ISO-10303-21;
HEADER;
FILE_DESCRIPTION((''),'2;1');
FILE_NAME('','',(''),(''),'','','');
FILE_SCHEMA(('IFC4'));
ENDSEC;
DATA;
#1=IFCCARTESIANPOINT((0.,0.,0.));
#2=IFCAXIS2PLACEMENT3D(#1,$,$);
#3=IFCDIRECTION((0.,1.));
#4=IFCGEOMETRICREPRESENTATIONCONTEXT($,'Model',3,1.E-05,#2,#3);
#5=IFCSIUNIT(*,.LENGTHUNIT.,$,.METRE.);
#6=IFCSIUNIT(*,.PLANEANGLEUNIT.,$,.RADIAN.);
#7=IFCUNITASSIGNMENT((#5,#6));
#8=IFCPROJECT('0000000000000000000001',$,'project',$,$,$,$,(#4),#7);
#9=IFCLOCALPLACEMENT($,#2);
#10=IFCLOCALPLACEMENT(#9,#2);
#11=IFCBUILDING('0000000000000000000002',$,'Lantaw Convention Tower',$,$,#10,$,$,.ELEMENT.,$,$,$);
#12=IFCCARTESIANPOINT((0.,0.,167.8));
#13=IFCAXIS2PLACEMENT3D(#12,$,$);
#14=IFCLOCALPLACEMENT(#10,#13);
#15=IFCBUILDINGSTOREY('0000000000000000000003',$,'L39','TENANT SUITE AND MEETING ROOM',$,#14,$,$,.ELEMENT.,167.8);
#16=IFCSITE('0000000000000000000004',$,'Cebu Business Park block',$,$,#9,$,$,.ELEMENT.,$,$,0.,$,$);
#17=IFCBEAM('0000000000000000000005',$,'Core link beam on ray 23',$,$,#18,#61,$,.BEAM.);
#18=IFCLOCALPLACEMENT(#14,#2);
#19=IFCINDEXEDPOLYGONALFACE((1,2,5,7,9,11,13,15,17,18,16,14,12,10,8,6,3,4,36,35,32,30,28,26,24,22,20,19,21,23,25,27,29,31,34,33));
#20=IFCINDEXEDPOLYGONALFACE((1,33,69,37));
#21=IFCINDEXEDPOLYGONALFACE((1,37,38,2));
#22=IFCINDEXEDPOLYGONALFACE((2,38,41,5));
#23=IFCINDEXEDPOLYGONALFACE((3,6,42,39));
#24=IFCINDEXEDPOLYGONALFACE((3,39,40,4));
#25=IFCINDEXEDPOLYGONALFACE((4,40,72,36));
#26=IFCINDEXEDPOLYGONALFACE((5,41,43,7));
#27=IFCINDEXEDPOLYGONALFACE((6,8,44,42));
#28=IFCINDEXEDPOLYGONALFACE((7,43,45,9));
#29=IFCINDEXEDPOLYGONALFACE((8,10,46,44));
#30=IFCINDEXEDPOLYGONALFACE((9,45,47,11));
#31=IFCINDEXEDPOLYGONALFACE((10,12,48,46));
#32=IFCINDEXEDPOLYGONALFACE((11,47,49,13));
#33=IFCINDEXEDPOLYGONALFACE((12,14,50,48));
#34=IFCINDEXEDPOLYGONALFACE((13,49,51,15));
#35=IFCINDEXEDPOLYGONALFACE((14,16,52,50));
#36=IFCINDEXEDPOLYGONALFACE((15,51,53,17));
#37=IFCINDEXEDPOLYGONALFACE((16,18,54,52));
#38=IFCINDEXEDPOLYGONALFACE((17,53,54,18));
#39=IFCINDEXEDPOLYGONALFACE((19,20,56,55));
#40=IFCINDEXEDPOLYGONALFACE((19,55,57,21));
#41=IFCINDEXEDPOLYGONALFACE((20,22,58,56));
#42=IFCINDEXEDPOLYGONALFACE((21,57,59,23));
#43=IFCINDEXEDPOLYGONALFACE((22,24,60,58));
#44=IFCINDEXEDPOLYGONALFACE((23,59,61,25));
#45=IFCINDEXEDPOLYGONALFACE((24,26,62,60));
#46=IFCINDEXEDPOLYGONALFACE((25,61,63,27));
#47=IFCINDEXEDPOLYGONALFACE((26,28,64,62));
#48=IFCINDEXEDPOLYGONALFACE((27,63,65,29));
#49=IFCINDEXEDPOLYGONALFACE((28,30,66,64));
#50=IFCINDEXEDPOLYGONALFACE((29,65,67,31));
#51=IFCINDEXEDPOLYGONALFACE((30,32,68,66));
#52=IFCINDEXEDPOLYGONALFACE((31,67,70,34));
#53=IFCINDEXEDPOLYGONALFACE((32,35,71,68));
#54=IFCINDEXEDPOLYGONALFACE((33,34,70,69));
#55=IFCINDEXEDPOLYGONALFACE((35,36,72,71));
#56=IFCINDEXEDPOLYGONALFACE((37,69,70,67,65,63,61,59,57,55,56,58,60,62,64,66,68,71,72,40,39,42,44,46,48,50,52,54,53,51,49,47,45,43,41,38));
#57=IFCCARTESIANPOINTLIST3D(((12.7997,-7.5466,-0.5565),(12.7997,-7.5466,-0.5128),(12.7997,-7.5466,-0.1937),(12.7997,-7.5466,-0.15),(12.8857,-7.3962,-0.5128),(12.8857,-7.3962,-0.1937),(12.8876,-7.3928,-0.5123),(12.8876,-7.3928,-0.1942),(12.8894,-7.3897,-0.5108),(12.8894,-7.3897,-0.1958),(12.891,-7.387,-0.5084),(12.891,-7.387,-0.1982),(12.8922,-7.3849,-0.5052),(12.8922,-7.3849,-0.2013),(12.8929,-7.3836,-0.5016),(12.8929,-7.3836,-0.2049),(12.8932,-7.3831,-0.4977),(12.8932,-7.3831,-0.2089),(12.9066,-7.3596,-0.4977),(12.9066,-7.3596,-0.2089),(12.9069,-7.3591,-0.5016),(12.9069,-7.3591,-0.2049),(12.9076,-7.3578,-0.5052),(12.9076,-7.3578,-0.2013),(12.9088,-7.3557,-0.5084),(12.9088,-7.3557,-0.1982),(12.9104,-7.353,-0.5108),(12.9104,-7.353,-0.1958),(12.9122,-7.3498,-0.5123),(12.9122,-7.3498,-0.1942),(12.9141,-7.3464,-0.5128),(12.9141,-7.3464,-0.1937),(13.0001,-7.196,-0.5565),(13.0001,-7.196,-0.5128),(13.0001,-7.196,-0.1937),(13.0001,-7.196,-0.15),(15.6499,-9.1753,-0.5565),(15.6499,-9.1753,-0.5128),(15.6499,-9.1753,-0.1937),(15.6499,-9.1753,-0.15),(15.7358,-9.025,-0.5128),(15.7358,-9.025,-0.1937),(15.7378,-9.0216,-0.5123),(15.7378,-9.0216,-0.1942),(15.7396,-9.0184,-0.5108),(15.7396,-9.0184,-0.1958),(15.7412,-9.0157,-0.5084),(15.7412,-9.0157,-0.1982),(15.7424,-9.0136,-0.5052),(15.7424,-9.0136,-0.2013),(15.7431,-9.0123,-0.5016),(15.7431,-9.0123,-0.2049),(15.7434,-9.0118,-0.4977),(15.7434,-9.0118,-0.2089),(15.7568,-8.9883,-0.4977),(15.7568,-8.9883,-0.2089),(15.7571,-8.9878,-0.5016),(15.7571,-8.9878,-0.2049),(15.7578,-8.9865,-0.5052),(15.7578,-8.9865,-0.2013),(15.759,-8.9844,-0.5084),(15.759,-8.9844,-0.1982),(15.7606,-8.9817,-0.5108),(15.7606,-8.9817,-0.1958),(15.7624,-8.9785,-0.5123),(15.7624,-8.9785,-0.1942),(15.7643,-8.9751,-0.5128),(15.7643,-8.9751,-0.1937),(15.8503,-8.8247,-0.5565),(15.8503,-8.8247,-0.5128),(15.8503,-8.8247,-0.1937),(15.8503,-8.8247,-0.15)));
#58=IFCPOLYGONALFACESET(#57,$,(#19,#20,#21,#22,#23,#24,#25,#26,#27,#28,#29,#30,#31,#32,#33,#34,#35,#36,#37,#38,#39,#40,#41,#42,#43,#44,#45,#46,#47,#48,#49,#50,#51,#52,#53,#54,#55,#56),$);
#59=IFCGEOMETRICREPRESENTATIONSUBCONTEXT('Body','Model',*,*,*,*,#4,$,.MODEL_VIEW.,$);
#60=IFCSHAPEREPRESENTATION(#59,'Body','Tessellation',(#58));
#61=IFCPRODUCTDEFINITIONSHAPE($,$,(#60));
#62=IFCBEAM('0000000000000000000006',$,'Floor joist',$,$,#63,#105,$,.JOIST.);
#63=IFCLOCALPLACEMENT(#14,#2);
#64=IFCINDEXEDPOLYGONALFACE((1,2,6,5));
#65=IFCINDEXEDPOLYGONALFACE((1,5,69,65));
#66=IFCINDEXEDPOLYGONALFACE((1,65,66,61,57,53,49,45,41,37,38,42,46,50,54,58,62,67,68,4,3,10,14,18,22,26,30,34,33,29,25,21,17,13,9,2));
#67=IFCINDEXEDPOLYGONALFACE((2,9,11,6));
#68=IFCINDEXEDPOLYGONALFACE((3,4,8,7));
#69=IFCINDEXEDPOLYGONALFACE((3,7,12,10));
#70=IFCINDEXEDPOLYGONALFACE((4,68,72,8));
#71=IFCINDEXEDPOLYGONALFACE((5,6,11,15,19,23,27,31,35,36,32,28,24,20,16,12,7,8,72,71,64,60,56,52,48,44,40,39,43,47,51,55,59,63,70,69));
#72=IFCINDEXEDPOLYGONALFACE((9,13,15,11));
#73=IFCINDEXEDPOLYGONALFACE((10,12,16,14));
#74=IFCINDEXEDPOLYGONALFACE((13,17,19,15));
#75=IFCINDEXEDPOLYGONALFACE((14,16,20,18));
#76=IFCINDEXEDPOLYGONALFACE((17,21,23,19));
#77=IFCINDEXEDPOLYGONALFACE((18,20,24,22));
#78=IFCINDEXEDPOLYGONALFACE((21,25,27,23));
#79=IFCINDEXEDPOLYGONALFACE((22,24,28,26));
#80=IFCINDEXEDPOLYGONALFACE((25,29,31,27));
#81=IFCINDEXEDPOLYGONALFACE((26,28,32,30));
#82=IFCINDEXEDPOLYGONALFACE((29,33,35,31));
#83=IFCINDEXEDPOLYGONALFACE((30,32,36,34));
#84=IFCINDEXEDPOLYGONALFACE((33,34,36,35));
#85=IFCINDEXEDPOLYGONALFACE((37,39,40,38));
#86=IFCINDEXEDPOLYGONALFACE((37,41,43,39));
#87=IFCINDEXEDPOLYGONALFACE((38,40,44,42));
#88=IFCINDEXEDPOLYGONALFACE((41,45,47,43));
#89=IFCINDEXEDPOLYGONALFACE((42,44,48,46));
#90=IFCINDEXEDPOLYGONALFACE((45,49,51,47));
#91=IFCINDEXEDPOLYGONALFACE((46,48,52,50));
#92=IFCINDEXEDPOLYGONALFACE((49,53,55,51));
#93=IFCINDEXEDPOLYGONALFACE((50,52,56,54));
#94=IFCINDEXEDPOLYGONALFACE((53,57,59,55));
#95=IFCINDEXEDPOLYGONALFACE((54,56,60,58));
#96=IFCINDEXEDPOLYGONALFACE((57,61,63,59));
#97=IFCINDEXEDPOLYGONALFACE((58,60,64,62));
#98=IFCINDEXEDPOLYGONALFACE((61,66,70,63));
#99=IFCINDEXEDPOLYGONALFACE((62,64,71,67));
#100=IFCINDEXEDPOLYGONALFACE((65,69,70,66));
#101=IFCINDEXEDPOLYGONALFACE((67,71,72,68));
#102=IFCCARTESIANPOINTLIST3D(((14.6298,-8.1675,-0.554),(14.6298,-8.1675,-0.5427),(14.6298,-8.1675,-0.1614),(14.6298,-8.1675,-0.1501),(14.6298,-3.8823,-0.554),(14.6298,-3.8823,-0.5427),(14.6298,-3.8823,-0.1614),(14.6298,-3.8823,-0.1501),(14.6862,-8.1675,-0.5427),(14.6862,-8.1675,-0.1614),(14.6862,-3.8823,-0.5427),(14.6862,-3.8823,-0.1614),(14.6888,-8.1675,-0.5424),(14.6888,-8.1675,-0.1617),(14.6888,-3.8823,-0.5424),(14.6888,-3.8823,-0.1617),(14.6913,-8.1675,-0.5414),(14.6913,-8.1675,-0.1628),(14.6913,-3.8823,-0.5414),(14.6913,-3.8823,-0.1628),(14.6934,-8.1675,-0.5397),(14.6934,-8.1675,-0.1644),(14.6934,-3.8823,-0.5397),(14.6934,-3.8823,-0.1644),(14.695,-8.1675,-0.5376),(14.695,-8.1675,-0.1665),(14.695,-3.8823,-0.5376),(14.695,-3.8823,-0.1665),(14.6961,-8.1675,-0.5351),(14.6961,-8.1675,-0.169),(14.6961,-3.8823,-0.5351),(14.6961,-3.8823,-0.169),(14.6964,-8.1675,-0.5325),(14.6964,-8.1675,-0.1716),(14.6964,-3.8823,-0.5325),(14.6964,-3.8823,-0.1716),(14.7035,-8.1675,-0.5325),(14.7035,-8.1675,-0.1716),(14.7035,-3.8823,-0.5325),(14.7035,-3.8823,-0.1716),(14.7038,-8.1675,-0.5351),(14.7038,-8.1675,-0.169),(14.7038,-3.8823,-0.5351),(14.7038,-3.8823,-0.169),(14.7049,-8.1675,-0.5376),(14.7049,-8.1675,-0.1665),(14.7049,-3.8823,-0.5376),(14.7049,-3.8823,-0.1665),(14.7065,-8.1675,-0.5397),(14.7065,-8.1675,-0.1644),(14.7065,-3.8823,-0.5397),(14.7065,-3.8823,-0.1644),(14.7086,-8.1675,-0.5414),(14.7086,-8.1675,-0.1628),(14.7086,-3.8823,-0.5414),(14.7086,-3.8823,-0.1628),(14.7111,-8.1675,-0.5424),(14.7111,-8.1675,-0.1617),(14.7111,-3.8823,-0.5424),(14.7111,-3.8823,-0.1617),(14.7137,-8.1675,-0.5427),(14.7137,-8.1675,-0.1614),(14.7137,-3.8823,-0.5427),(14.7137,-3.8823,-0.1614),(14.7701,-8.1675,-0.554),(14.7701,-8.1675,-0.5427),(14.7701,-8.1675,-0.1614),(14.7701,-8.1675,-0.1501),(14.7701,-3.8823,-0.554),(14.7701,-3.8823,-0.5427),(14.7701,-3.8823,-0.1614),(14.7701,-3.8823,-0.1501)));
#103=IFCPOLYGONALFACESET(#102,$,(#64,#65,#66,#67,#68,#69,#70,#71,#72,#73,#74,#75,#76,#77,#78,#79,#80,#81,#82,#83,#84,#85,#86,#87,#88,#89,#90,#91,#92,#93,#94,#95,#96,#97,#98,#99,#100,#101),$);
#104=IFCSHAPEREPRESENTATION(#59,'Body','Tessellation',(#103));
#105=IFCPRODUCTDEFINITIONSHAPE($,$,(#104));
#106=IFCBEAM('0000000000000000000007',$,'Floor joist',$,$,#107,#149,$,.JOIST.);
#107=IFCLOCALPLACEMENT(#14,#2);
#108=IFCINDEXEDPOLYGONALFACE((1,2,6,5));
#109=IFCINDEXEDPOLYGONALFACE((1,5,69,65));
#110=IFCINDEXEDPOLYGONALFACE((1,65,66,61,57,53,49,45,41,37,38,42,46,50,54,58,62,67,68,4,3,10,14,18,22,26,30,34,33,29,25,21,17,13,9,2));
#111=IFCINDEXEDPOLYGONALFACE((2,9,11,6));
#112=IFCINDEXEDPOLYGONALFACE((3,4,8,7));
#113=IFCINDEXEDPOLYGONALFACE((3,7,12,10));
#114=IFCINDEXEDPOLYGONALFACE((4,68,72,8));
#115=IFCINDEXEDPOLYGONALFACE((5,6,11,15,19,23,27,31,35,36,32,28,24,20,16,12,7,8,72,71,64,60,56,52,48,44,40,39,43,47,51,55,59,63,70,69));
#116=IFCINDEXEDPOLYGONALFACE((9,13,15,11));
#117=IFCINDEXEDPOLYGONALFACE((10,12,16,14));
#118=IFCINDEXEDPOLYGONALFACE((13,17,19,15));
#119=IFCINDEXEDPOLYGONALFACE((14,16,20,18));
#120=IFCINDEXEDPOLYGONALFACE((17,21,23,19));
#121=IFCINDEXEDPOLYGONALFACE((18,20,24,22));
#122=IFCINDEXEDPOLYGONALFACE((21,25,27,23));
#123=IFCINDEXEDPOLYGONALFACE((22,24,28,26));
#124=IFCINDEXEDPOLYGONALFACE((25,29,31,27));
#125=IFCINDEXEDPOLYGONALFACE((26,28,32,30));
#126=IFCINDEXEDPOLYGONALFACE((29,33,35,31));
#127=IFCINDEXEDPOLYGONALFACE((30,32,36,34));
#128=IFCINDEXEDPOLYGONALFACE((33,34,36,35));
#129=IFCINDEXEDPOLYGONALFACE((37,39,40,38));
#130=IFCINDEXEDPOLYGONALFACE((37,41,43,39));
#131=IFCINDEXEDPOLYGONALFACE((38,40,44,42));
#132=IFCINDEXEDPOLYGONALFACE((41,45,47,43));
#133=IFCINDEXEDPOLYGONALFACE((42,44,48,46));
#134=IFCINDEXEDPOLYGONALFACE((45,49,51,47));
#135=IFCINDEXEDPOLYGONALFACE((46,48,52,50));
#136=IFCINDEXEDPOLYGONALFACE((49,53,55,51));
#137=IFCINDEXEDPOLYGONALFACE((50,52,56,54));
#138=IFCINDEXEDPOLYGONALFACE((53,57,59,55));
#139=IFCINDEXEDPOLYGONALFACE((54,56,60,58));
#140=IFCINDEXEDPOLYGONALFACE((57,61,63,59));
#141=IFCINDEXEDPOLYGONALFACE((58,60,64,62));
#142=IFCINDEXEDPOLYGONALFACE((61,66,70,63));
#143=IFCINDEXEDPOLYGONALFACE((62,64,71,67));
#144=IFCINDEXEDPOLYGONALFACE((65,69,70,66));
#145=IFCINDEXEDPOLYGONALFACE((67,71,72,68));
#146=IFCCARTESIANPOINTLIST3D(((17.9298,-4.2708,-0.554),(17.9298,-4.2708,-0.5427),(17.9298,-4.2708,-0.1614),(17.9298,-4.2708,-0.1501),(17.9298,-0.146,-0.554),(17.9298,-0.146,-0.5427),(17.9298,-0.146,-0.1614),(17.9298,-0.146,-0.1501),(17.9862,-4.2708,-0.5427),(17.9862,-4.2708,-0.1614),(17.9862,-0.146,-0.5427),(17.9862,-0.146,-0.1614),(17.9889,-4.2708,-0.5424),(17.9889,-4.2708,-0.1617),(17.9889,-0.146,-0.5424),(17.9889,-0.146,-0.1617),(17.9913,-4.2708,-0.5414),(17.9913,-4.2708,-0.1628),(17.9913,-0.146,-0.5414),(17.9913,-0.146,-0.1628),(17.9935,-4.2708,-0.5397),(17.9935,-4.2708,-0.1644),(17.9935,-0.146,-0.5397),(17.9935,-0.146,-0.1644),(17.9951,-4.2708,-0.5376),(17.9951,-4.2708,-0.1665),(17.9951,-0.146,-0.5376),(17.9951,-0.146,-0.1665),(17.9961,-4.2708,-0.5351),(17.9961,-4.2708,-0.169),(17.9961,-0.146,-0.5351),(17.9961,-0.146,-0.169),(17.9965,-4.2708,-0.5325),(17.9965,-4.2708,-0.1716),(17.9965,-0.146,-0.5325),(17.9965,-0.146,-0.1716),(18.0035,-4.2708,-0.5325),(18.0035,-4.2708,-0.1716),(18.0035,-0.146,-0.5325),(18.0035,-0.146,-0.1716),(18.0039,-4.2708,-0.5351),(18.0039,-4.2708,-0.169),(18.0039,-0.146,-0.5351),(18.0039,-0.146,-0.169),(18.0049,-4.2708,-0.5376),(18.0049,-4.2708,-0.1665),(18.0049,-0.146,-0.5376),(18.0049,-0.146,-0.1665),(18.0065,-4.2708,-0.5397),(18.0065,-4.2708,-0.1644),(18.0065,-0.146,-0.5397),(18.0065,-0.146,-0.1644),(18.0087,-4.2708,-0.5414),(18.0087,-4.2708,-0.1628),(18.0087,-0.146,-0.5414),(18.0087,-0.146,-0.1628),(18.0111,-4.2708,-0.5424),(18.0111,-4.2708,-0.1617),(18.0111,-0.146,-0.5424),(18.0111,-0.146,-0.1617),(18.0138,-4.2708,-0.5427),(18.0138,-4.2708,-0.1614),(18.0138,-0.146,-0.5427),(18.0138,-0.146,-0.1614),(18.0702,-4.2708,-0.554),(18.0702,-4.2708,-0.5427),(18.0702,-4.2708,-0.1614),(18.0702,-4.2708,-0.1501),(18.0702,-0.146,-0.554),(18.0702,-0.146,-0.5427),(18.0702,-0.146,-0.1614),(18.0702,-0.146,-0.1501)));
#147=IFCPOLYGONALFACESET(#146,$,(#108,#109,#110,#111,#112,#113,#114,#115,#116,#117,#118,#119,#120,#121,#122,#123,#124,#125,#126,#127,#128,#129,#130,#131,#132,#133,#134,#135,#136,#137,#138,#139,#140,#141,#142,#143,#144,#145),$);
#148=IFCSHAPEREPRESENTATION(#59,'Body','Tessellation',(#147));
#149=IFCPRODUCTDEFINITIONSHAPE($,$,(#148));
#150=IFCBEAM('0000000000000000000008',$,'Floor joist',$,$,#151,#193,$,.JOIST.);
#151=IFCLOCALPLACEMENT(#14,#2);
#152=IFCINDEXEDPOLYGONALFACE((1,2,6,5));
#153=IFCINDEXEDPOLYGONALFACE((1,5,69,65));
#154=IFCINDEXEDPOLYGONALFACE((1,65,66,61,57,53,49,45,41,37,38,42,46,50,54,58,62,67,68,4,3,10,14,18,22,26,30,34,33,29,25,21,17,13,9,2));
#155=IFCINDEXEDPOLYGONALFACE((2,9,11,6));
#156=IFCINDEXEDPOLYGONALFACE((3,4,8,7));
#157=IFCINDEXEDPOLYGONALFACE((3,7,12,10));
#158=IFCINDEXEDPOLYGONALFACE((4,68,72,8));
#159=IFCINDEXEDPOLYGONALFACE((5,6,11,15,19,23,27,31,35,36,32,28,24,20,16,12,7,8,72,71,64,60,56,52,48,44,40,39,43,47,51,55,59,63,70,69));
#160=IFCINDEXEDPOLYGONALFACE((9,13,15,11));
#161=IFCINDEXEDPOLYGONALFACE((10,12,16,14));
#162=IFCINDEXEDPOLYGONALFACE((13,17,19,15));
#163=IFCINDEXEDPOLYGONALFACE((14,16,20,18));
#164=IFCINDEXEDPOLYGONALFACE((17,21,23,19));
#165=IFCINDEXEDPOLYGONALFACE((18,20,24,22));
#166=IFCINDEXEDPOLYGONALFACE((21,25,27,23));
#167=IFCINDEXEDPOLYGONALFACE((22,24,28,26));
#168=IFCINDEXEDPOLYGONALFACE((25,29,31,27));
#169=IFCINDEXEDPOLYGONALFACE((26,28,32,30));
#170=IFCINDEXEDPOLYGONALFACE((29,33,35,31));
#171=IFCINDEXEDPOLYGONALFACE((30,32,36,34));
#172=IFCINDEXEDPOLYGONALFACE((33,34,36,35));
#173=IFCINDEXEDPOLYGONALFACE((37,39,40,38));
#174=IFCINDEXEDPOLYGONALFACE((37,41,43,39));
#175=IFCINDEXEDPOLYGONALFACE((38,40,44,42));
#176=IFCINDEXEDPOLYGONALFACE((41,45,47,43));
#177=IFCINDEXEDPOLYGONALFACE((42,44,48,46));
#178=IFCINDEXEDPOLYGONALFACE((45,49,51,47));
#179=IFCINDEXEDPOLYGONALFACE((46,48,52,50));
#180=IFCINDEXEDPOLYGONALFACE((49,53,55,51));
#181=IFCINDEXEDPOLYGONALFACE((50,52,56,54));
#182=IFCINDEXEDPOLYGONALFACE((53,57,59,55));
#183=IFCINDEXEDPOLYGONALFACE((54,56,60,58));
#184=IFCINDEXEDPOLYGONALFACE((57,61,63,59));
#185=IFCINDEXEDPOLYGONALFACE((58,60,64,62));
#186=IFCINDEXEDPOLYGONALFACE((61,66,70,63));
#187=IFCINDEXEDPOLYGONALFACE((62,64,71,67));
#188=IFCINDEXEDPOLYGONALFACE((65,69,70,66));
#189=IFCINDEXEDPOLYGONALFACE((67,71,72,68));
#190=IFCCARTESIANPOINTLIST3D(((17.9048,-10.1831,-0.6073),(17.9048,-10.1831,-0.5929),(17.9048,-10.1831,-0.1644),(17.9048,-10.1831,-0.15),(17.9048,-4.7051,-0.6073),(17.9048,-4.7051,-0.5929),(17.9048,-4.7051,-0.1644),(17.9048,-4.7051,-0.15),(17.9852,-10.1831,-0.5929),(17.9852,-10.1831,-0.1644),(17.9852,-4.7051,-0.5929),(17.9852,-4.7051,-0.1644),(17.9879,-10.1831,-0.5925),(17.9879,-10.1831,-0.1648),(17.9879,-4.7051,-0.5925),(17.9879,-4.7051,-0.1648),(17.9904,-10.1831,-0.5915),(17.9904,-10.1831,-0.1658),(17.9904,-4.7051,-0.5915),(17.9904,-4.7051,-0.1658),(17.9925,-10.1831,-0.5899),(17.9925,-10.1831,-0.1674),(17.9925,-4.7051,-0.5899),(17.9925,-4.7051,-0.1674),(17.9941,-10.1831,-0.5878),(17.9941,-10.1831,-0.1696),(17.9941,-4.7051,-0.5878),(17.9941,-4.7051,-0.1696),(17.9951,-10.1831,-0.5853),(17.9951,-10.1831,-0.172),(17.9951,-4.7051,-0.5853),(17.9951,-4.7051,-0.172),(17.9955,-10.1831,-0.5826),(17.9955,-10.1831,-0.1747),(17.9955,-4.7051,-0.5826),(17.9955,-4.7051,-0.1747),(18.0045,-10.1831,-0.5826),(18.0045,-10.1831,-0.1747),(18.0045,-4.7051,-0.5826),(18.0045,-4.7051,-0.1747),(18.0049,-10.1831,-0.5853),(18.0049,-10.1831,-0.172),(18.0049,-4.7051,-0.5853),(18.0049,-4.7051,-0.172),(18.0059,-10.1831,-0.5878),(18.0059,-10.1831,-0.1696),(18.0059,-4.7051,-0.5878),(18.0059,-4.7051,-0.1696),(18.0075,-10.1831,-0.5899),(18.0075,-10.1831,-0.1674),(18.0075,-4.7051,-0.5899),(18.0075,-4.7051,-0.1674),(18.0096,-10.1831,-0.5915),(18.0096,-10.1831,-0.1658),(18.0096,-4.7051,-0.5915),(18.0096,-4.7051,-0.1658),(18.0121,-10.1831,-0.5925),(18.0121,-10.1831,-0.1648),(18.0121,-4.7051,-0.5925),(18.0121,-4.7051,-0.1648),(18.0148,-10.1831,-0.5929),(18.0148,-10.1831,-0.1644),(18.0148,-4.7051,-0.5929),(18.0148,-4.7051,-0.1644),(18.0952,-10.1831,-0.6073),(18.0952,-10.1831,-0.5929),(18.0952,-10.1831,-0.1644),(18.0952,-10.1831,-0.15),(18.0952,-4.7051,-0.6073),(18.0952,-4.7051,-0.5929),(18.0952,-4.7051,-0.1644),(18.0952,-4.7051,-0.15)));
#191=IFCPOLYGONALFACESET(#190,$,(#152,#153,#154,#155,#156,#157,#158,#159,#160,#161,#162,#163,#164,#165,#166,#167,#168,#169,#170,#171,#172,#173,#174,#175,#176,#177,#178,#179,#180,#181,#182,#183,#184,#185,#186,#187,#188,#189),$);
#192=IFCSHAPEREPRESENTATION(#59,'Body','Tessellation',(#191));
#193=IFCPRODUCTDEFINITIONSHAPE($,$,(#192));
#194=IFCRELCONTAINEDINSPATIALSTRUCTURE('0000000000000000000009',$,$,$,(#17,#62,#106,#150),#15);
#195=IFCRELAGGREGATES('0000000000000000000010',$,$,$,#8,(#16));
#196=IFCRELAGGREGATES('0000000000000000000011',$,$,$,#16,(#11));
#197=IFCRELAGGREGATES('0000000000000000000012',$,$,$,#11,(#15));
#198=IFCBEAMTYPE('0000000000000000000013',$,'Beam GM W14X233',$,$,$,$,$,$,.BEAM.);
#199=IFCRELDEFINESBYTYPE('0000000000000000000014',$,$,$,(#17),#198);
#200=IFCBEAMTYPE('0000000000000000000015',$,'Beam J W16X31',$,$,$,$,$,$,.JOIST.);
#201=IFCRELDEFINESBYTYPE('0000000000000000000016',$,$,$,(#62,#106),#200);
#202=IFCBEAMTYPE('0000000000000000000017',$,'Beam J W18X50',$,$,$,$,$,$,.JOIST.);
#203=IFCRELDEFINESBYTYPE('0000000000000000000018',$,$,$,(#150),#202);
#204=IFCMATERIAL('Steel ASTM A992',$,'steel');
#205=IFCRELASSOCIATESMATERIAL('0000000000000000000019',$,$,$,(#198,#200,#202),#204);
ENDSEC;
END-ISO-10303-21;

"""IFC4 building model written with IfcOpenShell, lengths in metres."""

from ifc_helpers import new_model, si_unit, direction, frame, origin, origin_2d, place, context, subcontext, project, spatial, i_section, extrude, material, material_profile, profile_set, type_object, element, save


model = new_model("IFC4")

# Units and contexts
model_context = context("Model", 3, precision=1e-05, world=origin(), true_north=direction((0.0, 1.0)))
body_context = subcontext(model_context, "Body", "Model", "MODEL_VIEW")
ifc_project = project(units=[si_unit("LENGTHUNIT", "METRE"), si_unit("PLANEANGLEUNIT", "RADIAN")], contexts=[model_context])

# Site, building, storey
site_placement = place(None, origin())
site = spatial("IfcSite", under=ifc_project, at=site_placement, Name="Cebu Business Park block", CompositionType="ELEMENT", RefElevation=0.0)
building_placement = place(site_placement, origin())
building = spatial("IfcBuilding", under=site, at=building_placement, Name="Lantaw Convention Tower", CompositionType="ELEMENT")
storey_placement = place(building_placement, frame((0.0, 0.0, 167.8)))
storey = spatial("IfcBuildingStorey", under=building, at=storey_placement, Name="L39", Description="TENANT SUITE AND MEETING ROOM", CompositionType="ELEMENT", Elevation=167.8)

# Beams
ifc_material_1 = material(Name="Steel ASTM A992", Category="steel")
ifc_material_profile_1 = material_profile(ifc_material_1, i_section(OverallWidth=0.4038, OverallDepth=0.4065, WebThickness=0.0271, FlangeThickness=0.0437, FilletRadius=0.0151, at=origin_2d()), Name="W14X233")
ifc_profile_set_1 = profile_set([ifc_material_profile_1], Name="Steel ASTM A992")
beam_type_1 = type_object("IfcBeamType", Name="Beam GM W14X233", PredefinedType="BEAM", material=ifc_profile_set_1)
beam_1_placement = place(storey_placement, frame((12.8999, -7.3713, -0.3533), z_axis=(0.868239, -0.496147, 0.0), x_axis=(0.496147, 0.868239, 0.0)))
element("IfcBeam", 1, at=beam_1_placement, inside=storey, type_object=beam_type_1, Name="Core link beam on ray 23", PredefinedType="BEAM", context=body_context, shape_type="SweptSolid", body=[
    extrude(i_section(OverallWidth=0.4038, OverallDepth=0.4065, WebThickness=0.0271, FlangeThickness=0.0437, FilletRadius=0.0151, at=origin_2d()), origin(), (0.0, 0.0, 1.0), 3.2827),
])
ifc_material_profile_2 = material_profile(ifc_material_1, i_section(OverallWidth=0.1404, OverallDepth=0.4038, WebThickness=0.0071, FlangeThickness=0.0112, FilletRadius=0.0103, at=origin_2d()), Name="W16X31")
ifc_profile_set_2 = profile_set([ifc_material_profile_2], Name="Steel ASTM A992")
beam_type_2 = type_object("IfcBeamType", Name="Beam J W16X31", PredefinedType="JOIST", material=ifc_profile_set_2)
beam_2_placement = place(storey_placement, frame((14.7, -8.1675, -0.3521), z_axis=(0.0, 1.0, 0.0), x_axis=(-1.0, 0.0, 0.0)))
element("IfcBeam", 2, at=beam_2_placement, inside=storey, type_object=beam_type_2, Name="Floor joist", PredefinedType="JOIST", context=body_context, shape_type="SweptSolid", body=[
    extrude(i_section(OverallWidth=0.1404, OverallDepth=0.4038, WebThickness=0.0071, FlangeThickness=0.0112, FilletRadius=0.0103, at=origin_2d()), origin(), (0.0, 0.0, 1.0), 4.2852),
])
beam_3_placement = place(storey_placement, frame((18.0, -4.2708, -0.3521), z_axis=(0.0, 1.0, 0.0), x_axis=(-1.0, 0.0, 0.0)))
element("IfcBeam", 3, at=beam_3_placement, inside=storey, type_object=beam_type_2, Name="Floor joist", PredefinedType="JOIST", context=body_context, shape_type="SweptSolid", body=[
    extrude(i_section(OverallWidth=0.1404, OverallDepth=0.4038, WebThickness=0.0071, FlangeThickness=0.0112, FilletRadius=0.0103, at=origin_2d()), origin(), (0.0, 0.0, 1.0), 4.1248),
])
ifc_material_profile_3 = material_profile(ifc_material_1, i_section(OverallWidth=0.1904, OverallDepth=0.4573, WebThickness=0.009, FlangeThickness=0.0144, FilletRadius=0.0103, at=origin_2d()), Name="W18X50")
ifc_profile_set_3 = profile_set([ifc_material_profile_3], Name="Steel ASTM A992")
beam_type_3 = type_object("IfcBeamType", Name="Beam J W18X50", PredefinedType="JOIST", material=ifc_profile_set_3)
beam_4_placement = place(storey_placement, frame((18.0, -10.1831, -0.3787), z_axis=(0.0, 1.0, 0.0), x_axis=(-1.0, 0.0, 0.0)))
element("IfcBeam", 4, at=beam_4_placement, inside=storey, type_object=beam_type_3, Name="Floor joist", PredefinedType="JOIST", context=body_context, shape_type="SweptSolid", body=[
    extrude(i_section(OverallWidth=0.1904, OverallDepth=0.4573, WebThickness=0.009, FlangeThickness=0.0144, FilletRadius=0.0103, at=origin_2d()), origin(), (0.0, 0.0, 1.0), 5.478),
])

save(model, "model.ifc")
